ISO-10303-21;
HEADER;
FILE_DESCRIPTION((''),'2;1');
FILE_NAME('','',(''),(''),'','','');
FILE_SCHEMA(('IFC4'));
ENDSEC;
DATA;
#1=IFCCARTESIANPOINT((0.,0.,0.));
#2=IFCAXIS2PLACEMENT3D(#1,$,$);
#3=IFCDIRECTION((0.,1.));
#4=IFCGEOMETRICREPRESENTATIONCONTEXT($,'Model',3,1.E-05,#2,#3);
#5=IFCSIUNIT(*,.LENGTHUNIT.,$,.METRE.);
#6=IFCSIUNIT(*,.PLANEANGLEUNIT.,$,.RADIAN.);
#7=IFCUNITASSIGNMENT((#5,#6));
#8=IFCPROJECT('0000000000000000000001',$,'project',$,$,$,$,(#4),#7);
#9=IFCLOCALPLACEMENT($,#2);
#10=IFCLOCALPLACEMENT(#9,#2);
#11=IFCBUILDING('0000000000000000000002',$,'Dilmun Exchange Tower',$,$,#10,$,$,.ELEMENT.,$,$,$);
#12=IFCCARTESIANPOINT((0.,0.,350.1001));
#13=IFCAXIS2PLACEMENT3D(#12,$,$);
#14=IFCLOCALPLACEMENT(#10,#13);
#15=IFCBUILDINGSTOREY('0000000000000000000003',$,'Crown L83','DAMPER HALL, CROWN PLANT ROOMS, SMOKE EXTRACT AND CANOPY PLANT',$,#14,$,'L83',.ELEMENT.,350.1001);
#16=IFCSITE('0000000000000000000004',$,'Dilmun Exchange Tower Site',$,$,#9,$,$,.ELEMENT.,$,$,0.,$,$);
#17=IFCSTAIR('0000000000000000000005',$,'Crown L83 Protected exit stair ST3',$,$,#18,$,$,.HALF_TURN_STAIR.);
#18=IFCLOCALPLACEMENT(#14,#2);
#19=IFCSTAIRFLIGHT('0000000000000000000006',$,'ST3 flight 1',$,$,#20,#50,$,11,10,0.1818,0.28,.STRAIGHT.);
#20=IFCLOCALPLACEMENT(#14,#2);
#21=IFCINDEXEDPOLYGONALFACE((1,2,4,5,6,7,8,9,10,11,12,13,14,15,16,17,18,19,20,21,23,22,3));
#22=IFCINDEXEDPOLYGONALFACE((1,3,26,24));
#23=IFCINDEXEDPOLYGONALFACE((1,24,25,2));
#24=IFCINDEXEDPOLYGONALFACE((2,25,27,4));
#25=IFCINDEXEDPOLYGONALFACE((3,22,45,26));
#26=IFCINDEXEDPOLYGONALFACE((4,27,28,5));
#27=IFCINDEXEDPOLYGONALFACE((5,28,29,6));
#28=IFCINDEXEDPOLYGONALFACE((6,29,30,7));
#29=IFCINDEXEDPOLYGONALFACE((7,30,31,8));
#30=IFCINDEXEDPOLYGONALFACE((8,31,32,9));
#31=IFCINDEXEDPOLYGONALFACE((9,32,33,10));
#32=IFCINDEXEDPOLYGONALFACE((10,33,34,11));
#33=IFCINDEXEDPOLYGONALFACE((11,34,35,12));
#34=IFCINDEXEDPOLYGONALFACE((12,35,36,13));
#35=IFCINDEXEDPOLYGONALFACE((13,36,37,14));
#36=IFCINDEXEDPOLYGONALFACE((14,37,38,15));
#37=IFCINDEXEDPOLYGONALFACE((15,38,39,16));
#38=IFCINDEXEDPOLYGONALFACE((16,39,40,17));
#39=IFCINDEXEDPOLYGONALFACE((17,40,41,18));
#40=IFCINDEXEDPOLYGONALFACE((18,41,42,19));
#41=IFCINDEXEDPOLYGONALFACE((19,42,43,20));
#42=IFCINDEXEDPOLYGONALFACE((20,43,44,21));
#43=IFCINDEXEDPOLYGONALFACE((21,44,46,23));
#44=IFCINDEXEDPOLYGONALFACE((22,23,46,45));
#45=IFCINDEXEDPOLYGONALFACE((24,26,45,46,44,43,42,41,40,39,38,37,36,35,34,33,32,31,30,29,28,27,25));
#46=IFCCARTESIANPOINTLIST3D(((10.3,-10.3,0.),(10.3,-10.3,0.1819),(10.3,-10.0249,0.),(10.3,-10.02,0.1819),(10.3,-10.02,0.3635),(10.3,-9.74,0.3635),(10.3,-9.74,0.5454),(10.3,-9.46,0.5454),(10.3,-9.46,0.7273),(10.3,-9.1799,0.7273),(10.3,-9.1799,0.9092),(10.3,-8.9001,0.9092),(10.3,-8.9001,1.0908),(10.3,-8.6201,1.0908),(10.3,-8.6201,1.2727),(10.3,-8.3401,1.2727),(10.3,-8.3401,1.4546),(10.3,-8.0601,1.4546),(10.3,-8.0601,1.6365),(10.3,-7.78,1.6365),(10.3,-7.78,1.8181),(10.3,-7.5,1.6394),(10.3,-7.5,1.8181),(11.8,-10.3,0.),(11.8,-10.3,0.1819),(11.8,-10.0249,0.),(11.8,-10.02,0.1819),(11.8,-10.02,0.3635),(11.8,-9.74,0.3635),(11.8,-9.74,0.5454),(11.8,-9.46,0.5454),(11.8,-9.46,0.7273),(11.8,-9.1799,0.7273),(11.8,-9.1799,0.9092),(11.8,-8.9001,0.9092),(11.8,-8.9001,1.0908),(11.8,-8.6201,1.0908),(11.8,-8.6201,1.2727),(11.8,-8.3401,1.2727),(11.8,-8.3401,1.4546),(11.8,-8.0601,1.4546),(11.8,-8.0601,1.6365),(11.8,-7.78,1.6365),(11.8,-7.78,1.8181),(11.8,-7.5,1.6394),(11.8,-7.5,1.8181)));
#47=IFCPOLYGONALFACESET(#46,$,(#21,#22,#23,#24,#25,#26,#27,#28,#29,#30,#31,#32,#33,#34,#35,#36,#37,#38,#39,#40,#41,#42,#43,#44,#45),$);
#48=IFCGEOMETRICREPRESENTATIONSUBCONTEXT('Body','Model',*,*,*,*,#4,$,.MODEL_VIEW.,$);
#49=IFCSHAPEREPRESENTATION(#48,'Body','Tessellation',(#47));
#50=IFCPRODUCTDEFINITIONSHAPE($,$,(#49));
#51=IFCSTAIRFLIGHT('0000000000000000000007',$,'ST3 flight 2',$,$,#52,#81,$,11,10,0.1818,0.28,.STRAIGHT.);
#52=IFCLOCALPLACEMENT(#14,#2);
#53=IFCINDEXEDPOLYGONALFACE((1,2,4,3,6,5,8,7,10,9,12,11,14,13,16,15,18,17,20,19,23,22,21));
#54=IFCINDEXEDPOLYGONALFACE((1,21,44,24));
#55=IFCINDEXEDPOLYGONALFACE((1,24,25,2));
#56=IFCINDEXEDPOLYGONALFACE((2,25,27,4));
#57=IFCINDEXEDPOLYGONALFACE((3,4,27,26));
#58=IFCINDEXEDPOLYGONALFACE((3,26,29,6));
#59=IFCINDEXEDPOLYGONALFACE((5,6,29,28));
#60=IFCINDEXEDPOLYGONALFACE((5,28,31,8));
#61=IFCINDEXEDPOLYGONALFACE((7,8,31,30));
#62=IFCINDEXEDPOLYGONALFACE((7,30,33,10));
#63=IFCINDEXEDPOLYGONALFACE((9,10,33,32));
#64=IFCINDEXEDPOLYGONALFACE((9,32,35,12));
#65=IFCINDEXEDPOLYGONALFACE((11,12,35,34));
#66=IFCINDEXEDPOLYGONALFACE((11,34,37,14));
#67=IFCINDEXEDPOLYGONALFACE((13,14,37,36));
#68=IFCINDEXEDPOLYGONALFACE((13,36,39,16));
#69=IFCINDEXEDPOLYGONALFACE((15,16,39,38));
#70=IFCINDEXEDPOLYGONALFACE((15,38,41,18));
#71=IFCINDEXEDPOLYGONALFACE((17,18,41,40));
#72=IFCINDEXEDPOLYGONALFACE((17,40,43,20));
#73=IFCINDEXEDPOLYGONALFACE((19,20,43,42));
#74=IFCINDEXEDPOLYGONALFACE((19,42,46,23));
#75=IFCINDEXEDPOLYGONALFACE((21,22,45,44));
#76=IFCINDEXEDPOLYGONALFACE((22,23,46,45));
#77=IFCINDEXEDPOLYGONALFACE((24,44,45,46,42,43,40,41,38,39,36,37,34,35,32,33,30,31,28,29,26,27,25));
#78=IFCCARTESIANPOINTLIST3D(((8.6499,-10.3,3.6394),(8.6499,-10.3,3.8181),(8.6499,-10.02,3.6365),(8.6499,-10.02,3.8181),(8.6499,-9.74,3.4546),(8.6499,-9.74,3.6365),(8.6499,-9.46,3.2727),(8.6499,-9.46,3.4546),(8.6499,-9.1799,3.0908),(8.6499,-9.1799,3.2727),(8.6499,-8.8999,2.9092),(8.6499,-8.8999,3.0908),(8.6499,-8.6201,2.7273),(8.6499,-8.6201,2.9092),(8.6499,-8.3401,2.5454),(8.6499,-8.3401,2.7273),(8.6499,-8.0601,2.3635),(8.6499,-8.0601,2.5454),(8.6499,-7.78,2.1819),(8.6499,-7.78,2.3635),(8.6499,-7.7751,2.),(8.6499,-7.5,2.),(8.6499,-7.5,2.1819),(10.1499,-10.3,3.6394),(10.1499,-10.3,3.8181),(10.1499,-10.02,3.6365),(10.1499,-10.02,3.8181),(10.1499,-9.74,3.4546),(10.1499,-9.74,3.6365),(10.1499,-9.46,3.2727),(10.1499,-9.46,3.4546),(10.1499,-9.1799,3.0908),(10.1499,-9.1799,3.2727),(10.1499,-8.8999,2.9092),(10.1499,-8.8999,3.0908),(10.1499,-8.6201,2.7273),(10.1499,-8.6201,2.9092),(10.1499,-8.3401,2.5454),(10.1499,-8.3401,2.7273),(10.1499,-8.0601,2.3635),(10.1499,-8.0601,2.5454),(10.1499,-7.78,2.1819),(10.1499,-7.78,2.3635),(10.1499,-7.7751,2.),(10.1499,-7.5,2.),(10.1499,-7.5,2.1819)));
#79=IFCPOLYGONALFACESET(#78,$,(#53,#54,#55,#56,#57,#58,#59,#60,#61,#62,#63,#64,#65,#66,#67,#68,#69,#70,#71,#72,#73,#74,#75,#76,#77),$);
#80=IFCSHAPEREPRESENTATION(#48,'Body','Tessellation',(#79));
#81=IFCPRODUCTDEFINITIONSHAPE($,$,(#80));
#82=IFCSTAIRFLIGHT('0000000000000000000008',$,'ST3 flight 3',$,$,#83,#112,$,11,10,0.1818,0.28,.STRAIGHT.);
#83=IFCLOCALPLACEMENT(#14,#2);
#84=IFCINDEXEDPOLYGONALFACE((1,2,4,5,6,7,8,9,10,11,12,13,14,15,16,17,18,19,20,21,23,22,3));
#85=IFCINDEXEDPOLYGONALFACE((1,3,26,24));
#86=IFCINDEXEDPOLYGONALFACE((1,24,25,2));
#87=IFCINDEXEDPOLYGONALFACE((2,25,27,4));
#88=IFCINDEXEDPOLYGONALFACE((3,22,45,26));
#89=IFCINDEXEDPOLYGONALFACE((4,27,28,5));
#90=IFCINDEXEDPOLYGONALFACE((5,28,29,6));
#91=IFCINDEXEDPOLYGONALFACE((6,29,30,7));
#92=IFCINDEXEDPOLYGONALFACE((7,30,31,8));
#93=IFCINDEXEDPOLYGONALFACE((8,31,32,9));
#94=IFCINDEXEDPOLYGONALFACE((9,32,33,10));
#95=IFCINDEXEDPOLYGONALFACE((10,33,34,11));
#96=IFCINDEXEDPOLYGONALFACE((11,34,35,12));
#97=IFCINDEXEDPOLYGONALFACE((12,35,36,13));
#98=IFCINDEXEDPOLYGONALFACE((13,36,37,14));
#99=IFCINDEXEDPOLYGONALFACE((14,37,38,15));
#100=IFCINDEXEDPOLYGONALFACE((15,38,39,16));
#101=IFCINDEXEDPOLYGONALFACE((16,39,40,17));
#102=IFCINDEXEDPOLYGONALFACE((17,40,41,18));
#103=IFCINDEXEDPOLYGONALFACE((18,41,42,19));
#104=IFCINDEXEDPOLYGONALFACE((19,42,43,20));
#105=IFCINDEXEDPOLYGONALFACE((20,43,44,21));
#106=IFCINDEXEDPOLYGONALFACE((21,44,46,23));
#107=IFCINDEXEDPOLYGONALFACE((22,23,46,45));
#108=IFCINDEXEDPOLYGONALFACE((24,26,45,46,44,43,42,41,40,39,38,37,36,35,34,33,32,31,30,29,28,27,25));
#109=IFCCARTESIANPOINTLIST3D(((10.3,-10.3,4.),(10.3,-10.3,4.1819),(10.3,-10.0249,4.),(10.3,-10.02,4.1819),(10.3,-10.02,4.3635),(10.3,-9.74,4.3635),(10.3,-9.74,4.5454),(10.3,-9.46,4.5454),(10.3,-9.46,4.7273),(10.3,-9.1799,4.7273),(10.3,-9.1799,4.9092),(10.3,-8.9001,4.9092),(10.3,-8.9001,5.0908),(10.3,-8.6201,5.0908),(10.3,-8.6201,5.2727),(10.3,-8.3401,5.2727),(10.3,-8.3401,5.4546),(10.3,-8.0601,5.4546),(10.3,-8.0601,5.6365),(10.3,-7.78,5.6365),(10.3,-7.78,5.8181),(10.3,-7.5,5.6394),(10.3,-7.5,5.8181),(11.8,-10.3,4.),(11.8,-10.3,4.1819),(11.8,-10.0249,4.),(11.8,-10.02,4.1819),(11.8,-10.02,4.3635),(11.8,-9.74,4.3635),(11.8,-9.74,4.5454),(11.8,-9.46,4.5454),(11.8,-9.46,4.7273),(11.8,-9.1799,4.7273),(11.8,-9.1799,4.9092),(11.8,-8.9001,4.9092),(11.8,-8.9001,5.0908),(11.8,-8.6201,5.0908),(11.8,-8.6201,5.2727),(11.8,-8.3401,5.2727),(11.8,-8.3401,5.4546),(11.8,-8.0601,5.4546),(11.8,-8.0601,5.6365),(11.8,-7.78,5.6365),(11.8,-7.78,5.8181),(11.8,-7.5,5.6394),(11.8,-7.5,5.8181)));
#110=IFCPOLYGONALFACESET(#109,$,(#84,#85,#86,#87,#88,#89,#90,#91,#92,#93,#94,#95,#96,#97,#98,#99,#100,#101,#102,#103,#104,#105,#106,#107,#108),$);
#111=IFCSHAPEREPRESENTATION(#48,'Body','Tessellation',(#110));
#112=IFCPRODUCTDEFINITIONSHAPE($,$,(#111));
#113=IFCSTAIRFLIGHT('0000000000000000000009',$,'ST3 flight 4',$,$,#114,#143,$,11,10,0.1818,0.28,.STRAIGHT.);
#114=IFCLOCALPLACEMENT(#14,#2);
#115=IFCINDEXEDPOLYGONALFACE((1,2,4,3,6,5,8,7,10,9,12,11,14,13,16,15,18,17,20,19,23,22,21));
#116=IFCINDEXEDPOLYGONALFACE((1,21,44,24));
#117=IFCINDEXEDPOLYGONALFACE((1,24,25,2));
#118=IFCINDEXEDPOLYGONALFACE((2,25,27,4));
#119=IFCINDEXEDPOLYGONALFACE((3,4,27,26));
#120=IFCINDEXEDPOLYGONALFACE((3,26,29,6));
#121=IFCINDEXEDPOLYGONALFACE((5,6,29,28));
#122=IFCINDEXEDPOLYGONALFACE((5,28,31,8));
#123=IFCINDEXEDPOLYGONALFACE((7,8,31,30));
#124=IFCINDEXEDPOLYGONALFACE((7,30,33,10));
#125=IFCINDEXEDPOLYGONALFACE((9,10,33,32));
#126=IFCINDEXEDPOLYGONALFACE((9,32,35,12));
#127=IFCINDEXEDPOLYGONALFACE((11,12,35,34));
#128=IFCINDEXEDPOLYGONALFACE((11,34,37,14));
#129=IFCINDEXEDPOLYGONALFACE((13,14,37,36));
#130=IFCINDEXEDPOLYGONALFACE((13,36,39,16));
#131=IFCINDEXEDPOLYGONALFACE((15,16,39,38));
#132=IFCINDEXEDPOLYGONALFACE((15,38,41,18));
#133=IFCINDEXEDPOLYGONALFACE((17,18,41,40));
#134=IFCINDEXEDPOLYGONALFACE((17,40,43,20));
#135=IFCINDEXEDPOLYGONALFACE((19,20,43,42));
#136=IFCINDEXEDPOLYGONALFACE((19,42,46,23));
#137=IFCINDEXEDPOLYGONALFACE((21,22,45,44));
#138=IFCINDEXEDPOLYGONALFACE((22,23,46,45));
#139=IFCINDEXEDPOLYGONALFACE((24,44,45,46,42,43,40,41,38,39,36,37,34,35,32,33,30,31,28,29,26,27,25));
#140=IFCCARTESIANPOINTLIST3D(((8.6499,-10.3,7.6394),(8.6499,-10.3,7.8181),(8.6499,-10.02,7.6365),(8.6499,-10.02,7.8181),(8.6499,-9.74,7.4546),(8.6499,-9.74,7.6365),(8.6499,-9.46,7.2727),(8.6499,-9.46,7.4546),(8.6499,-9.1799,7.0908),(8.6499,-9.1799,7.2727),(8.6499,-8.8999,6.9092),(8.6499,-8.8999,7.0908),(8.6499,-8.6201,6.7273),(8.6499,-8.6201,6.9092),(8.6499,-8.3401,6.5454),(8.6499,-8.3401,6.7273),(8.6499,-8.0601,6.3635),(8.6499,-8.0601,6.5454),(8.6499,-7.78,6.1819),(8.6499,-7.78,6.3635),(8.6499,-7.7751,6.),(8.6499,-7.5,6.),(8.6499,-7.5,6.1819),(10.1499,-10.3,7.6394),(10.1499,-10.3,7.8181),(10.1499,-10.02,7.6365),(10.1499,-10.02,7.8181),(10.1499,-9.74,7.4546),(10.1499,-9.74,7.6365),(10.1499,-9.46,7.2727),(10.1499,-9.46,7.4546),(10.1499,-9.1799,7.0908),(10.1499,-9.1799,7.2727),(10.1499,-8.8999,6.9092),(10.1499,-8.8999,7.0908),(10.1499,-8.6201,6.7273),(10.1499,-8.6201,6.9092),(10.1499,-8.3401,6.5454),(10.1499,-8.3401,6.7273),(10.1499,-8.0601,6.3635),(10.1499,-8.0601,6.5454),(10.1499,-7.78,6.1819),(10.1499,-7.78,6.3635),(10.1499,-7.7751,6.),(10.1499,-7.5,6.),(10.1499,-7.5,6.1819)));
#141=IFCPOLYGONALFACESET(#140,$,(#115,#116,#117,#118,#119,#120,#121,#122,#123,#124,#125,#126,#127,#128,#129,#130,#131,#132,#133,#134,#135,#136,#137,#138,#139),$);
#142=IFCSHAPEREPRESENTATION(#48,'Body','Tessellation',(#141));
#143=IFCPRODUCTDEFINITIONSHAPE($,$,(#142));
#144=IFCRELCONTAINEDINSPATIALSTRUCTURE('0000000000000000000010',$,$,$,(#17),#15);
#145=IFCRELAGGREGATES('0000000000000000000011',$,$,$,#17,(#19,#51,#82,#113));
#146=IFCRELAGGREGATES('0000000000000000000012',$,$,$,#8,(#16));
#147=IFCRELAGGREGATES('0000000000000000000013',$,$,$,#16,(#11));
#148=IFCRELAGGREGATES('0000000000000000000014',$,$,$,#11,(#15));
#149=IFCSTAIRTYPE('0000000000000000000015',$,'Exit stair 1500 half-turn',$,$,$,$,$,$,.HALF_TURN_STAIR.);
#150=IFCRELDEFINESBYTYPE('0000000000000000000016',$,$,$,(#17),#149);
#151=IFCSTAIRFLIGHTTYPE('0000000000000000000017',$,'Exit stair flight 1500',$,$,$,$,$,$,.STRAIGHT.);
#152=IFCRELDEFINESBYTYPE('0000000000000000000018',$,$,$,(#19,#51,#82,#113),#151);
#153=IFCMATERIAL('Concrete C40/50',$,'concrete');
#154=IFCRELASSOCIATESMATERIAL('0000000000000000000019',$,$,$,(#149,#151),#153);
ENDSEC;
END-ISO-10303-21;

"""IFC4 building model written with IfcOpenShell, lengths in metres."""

from ifc_helpers import new_model, si_unit, direction, frame, origin, place, context, subcontext, project, spatial, polyline, outline, extrude, material, type_object, element, aggregate, save


model = new_model("IFC4")

# Units and contexts
model_context = context("Model", 3, precision=1e-05, world=origin(), true_north=direction((0.0, 1.0)))
body_context = subcontext(model_context, "Body", "Model", "MODEL_VIEW")
ifc_project = project(units=[si_unit("LENGTHUNIT", "METRE"), si_unit("PLANEANGLEUNIT", "RADIAN")], contexts=[model_context])

# Site, building, storey
site_placement = place(None, origin())
site = spatial("IfcSite", under=ifc_project, at=site_placement, Name="Dilmun Exchange Tower Site", CompositionType="ELEMENT", RefElevation=0.0)
building_placement = place(site_placement, origin())
building = spatial("IfcBuilding", under=site, at=building_placement, Name="Dilmun Exchange Tower", CompositionType="ELEMENT")
storey_placement = place(building_placement, frame((0.0, 0.0, 350.1001)))
storey = spatial("IfcBuildingStorey", under=building, at=storey_placement, Name="Crown L83", Description="DAMPER HALL, CROWN PLANT ROOMS, SMOKE EXTRACT AND CANOPY PLANT", LongName="L83", CompositionType="ELEMENT", Elevation=350.1001)

# Shared definitions
ifc_material_1 = material(Name="Concrete C40/50", Category="concrete")

# Stair, stair flights
stair_type = type_object("IfcStairType", Name="Exit stair 1500 half-turn", PredefinedType="HALF_TURN_STAIR", material=ifc_material_1)
stair_placement = place(storey_placement, origin())
stair = element("IfcStair", 1, at=stair_placement, inside=storey, type_object=stair_type, Name="Crown L83 Protected exit stair ST3", PredefinedType="HALF_TURN_STAIR")
stair_flight_type = type_object("IfcStairFlightType", Name="Exit stair flight 1500", PredefinedType="STRAIGHT", material=ifc_material_1)
stair_flight_1_placement = place(storey_placement, frame((11.05, -10.3, 0.0), z_axis=(0.0, 0.0, 1.0), x_axis=(0.0, 1.0, 0.0)))
stair_flight_1 = element("IfcStairFlight", 2, at=stair_flight_1_placement, type_object=stair_flight_type, Name="ST3 flight 1", NumberOfRisers=11, NumberOfTreads=10, PredefinedType="STRAIGHT", RiserHeight=0.1818, TreadLength=0.28, context=body_context, shape_type="SweptSolid", body=[
    extrude(outline(polyline([(0.0, 0.0), (0.0, 0.1819), (0.28, 0.1819), (0.28, 0.3635), (0.5601, 0.3635), (0.5601, 0.5454), (0.8401, 0.5454), (0.8401, 0.7273), (1.1201, 0.7273), (1.1201, 0.9092), (1.3999, 0.9092), (1.3999, 1.0908), (1.6799, 1.0908), (1.6799, 1.2727), (1.96, 1.2727), (1.96, 1.4546), (2.24, 1.4546), (2.24, 1.6365), (2.52, 1.6365), (2.52, 1.8181), (2.8, 1.8181), (2.8, 2.0), (2.8, 1.6394), (0.2751, 0.0), (0.0, 0.0)])), frame((0.0, 0.75, 0.0), z_axis=(0.0, -1.0, 0.0), x_axis=(1.0, 0.0, 0.0)), (0.0, 0.0, 1.0), 1.5),
])
stair_flight_2_placement = place(storey_placement, frame((9.3999, -7.5, 2.0), z_axis=(0.0, 0.0, 1.0), x_axis=(0.0, -1.0, 0.0)))
stair_flight_2 = element("IfcStairFlight", 3, at=stair_flight_2_placement, type_object=stair_flight_type, Name="ST3 flight 2", NumberOfRisers=11, NumberOfTreads=10, PredefinedType="STRAIGHT", RiserHeight=0.1818, TreadLength=0.28, context=body_context, shape_type="SweptSolid", body=[
    extrude(outline(polyline([(0.0, 0.0), (0.0, 0.1819), (0.28, 0.1819), (0.28, 0.3635), (0.5601, 0.3635), (0.5601, 0.5454), (0.8401, 0.5454), (0.8401, 0.7273), (1.1201, 0.7273), (1.1201, 0.9092), (1.3999, 0.9092), (1.3999, 1.0908), (1.6799, 1.0908), (1.6799, 1.2727), (1.96, 1.2727), (1.96, 1.4546), (2.24, 1.4546), (2.24, 1.6365), (2.52, 1.6365), (2.52, 1.8181), (2.8, 1.8181), (2.8, 2.0), (2.8, 1.6394), (0.2751, 0.0), (0.0, 0.0)])), frame((0.0, 0.75, 0.0), z_axis=(0.0, -1.0, 0.0), x_axis=(1.0, 0.0, 0.0)), (0.0, 0.0, 1.0), 1.5),
])
stair_flight_3_placement = place(storey_placement, frame((11.05, -10.3, 4.0), z_axis=(0.0, 0.0, 1.0), x_axis=(0.0, 1.0, 0.0)))
stair_flight_3 = element("IfcStairFlight", 4, at=stair_flight_3_placement, type_object=stair_flight_type, Name="ST3 flight 3", NumberOfRisers=11, NumberOfTreads=10, PredefinedType="STRAIGHT", RiserHeight=0.1818, TreadLength=0.28, context=body_context, shape_type="SweptSolid", body=[
    extrude(outline(polyline([(0.0, 0.0), (0.0, 0.1819), (0.28, 0.1819), (0.28, 0.3635), (0.5601, 0.3635), (0.5601, 0.5454), (0.8401, 0.5454), (0.8401, 0.7273), (1.1201, 0.7273), (1.1201, 0.9092), (1.3999, 0.9092), (1.3999, 1.0908), (1.6799, 1.0908), (1.6799, 1.2727), (1.96, 1.2727), (1.96, 1.4546), (2.24, 1.4546), (2.24, 1.6365), (2.52, 1.6365), (2.52, 1.8181), (2.8, 1.8181), (2.8, 2.0), (2.8, 1.6394), (0.2751, 0.0), (0.0, 0.0)])), frame((0.0, 0.75, 0.0), z_axis=(0.0, -1.0, 0.0), x_axis=(1.0, 0.0, 0.0)), (0.0, 0.0, 1.0), 1.5),
])
stair_flight_4_placement = place(storey_placement, frame((9.3999, -7.5, 6.0), z_axis=(0.0, 0.0, 1.0), x_axis=(0.0, -1.0, 0.0)))
stair_flight_4 = element("IfcStairFlight", 5, at=stair_flight_4_placement, type_object=stair_flight_type, Name="ST3 flight 4", NumberOfRisers=11, NumberOfTreads=10, PredefinedType="STRAIGHT", RiserHeight=0.1818, TreadLength=0.28, context=body_context, shape_type="SweptSolid", body=[
    extrude(outline(polyline([(0.0, 0.0), (0.0, 0.1819), (0.28, 0.1819), (0.28, 0.3635), (0.5601, 0.3635), (0.5601, 0.5454), (0.8401, 0.5454), (0.8401, 0.7273), (1.1201, 0.7273), (1.1201, 0.9092), (1.3999, 0.9092), (1.3999, 1.0908), (1.6799, 1.0908), (1.6799, 1.2727), (1.96, 1.2727), (1.96, 1.4546), (2.24, 1.4546), (2.24, 1.6365), (2.52, 1.6365), (2.52, 1.8181), (2.8, 1.8181), (2.8, 2.0), (2.8, 1.6394), (0.2751, 0.0), (0.0, 0.0)])), frame((0.0, 0.75, 0.0), z_axis=(0.0, -1.0, 0.0), x_axis=(1.0, 0.0, 0.0)), (0.0, 0.0, 1.0), 1.5),
])
aggregate(stair, [stair_flight_1, stair_flight_2, stair_flight_3, stair_flight_4])

save(model, "model.ifc")
